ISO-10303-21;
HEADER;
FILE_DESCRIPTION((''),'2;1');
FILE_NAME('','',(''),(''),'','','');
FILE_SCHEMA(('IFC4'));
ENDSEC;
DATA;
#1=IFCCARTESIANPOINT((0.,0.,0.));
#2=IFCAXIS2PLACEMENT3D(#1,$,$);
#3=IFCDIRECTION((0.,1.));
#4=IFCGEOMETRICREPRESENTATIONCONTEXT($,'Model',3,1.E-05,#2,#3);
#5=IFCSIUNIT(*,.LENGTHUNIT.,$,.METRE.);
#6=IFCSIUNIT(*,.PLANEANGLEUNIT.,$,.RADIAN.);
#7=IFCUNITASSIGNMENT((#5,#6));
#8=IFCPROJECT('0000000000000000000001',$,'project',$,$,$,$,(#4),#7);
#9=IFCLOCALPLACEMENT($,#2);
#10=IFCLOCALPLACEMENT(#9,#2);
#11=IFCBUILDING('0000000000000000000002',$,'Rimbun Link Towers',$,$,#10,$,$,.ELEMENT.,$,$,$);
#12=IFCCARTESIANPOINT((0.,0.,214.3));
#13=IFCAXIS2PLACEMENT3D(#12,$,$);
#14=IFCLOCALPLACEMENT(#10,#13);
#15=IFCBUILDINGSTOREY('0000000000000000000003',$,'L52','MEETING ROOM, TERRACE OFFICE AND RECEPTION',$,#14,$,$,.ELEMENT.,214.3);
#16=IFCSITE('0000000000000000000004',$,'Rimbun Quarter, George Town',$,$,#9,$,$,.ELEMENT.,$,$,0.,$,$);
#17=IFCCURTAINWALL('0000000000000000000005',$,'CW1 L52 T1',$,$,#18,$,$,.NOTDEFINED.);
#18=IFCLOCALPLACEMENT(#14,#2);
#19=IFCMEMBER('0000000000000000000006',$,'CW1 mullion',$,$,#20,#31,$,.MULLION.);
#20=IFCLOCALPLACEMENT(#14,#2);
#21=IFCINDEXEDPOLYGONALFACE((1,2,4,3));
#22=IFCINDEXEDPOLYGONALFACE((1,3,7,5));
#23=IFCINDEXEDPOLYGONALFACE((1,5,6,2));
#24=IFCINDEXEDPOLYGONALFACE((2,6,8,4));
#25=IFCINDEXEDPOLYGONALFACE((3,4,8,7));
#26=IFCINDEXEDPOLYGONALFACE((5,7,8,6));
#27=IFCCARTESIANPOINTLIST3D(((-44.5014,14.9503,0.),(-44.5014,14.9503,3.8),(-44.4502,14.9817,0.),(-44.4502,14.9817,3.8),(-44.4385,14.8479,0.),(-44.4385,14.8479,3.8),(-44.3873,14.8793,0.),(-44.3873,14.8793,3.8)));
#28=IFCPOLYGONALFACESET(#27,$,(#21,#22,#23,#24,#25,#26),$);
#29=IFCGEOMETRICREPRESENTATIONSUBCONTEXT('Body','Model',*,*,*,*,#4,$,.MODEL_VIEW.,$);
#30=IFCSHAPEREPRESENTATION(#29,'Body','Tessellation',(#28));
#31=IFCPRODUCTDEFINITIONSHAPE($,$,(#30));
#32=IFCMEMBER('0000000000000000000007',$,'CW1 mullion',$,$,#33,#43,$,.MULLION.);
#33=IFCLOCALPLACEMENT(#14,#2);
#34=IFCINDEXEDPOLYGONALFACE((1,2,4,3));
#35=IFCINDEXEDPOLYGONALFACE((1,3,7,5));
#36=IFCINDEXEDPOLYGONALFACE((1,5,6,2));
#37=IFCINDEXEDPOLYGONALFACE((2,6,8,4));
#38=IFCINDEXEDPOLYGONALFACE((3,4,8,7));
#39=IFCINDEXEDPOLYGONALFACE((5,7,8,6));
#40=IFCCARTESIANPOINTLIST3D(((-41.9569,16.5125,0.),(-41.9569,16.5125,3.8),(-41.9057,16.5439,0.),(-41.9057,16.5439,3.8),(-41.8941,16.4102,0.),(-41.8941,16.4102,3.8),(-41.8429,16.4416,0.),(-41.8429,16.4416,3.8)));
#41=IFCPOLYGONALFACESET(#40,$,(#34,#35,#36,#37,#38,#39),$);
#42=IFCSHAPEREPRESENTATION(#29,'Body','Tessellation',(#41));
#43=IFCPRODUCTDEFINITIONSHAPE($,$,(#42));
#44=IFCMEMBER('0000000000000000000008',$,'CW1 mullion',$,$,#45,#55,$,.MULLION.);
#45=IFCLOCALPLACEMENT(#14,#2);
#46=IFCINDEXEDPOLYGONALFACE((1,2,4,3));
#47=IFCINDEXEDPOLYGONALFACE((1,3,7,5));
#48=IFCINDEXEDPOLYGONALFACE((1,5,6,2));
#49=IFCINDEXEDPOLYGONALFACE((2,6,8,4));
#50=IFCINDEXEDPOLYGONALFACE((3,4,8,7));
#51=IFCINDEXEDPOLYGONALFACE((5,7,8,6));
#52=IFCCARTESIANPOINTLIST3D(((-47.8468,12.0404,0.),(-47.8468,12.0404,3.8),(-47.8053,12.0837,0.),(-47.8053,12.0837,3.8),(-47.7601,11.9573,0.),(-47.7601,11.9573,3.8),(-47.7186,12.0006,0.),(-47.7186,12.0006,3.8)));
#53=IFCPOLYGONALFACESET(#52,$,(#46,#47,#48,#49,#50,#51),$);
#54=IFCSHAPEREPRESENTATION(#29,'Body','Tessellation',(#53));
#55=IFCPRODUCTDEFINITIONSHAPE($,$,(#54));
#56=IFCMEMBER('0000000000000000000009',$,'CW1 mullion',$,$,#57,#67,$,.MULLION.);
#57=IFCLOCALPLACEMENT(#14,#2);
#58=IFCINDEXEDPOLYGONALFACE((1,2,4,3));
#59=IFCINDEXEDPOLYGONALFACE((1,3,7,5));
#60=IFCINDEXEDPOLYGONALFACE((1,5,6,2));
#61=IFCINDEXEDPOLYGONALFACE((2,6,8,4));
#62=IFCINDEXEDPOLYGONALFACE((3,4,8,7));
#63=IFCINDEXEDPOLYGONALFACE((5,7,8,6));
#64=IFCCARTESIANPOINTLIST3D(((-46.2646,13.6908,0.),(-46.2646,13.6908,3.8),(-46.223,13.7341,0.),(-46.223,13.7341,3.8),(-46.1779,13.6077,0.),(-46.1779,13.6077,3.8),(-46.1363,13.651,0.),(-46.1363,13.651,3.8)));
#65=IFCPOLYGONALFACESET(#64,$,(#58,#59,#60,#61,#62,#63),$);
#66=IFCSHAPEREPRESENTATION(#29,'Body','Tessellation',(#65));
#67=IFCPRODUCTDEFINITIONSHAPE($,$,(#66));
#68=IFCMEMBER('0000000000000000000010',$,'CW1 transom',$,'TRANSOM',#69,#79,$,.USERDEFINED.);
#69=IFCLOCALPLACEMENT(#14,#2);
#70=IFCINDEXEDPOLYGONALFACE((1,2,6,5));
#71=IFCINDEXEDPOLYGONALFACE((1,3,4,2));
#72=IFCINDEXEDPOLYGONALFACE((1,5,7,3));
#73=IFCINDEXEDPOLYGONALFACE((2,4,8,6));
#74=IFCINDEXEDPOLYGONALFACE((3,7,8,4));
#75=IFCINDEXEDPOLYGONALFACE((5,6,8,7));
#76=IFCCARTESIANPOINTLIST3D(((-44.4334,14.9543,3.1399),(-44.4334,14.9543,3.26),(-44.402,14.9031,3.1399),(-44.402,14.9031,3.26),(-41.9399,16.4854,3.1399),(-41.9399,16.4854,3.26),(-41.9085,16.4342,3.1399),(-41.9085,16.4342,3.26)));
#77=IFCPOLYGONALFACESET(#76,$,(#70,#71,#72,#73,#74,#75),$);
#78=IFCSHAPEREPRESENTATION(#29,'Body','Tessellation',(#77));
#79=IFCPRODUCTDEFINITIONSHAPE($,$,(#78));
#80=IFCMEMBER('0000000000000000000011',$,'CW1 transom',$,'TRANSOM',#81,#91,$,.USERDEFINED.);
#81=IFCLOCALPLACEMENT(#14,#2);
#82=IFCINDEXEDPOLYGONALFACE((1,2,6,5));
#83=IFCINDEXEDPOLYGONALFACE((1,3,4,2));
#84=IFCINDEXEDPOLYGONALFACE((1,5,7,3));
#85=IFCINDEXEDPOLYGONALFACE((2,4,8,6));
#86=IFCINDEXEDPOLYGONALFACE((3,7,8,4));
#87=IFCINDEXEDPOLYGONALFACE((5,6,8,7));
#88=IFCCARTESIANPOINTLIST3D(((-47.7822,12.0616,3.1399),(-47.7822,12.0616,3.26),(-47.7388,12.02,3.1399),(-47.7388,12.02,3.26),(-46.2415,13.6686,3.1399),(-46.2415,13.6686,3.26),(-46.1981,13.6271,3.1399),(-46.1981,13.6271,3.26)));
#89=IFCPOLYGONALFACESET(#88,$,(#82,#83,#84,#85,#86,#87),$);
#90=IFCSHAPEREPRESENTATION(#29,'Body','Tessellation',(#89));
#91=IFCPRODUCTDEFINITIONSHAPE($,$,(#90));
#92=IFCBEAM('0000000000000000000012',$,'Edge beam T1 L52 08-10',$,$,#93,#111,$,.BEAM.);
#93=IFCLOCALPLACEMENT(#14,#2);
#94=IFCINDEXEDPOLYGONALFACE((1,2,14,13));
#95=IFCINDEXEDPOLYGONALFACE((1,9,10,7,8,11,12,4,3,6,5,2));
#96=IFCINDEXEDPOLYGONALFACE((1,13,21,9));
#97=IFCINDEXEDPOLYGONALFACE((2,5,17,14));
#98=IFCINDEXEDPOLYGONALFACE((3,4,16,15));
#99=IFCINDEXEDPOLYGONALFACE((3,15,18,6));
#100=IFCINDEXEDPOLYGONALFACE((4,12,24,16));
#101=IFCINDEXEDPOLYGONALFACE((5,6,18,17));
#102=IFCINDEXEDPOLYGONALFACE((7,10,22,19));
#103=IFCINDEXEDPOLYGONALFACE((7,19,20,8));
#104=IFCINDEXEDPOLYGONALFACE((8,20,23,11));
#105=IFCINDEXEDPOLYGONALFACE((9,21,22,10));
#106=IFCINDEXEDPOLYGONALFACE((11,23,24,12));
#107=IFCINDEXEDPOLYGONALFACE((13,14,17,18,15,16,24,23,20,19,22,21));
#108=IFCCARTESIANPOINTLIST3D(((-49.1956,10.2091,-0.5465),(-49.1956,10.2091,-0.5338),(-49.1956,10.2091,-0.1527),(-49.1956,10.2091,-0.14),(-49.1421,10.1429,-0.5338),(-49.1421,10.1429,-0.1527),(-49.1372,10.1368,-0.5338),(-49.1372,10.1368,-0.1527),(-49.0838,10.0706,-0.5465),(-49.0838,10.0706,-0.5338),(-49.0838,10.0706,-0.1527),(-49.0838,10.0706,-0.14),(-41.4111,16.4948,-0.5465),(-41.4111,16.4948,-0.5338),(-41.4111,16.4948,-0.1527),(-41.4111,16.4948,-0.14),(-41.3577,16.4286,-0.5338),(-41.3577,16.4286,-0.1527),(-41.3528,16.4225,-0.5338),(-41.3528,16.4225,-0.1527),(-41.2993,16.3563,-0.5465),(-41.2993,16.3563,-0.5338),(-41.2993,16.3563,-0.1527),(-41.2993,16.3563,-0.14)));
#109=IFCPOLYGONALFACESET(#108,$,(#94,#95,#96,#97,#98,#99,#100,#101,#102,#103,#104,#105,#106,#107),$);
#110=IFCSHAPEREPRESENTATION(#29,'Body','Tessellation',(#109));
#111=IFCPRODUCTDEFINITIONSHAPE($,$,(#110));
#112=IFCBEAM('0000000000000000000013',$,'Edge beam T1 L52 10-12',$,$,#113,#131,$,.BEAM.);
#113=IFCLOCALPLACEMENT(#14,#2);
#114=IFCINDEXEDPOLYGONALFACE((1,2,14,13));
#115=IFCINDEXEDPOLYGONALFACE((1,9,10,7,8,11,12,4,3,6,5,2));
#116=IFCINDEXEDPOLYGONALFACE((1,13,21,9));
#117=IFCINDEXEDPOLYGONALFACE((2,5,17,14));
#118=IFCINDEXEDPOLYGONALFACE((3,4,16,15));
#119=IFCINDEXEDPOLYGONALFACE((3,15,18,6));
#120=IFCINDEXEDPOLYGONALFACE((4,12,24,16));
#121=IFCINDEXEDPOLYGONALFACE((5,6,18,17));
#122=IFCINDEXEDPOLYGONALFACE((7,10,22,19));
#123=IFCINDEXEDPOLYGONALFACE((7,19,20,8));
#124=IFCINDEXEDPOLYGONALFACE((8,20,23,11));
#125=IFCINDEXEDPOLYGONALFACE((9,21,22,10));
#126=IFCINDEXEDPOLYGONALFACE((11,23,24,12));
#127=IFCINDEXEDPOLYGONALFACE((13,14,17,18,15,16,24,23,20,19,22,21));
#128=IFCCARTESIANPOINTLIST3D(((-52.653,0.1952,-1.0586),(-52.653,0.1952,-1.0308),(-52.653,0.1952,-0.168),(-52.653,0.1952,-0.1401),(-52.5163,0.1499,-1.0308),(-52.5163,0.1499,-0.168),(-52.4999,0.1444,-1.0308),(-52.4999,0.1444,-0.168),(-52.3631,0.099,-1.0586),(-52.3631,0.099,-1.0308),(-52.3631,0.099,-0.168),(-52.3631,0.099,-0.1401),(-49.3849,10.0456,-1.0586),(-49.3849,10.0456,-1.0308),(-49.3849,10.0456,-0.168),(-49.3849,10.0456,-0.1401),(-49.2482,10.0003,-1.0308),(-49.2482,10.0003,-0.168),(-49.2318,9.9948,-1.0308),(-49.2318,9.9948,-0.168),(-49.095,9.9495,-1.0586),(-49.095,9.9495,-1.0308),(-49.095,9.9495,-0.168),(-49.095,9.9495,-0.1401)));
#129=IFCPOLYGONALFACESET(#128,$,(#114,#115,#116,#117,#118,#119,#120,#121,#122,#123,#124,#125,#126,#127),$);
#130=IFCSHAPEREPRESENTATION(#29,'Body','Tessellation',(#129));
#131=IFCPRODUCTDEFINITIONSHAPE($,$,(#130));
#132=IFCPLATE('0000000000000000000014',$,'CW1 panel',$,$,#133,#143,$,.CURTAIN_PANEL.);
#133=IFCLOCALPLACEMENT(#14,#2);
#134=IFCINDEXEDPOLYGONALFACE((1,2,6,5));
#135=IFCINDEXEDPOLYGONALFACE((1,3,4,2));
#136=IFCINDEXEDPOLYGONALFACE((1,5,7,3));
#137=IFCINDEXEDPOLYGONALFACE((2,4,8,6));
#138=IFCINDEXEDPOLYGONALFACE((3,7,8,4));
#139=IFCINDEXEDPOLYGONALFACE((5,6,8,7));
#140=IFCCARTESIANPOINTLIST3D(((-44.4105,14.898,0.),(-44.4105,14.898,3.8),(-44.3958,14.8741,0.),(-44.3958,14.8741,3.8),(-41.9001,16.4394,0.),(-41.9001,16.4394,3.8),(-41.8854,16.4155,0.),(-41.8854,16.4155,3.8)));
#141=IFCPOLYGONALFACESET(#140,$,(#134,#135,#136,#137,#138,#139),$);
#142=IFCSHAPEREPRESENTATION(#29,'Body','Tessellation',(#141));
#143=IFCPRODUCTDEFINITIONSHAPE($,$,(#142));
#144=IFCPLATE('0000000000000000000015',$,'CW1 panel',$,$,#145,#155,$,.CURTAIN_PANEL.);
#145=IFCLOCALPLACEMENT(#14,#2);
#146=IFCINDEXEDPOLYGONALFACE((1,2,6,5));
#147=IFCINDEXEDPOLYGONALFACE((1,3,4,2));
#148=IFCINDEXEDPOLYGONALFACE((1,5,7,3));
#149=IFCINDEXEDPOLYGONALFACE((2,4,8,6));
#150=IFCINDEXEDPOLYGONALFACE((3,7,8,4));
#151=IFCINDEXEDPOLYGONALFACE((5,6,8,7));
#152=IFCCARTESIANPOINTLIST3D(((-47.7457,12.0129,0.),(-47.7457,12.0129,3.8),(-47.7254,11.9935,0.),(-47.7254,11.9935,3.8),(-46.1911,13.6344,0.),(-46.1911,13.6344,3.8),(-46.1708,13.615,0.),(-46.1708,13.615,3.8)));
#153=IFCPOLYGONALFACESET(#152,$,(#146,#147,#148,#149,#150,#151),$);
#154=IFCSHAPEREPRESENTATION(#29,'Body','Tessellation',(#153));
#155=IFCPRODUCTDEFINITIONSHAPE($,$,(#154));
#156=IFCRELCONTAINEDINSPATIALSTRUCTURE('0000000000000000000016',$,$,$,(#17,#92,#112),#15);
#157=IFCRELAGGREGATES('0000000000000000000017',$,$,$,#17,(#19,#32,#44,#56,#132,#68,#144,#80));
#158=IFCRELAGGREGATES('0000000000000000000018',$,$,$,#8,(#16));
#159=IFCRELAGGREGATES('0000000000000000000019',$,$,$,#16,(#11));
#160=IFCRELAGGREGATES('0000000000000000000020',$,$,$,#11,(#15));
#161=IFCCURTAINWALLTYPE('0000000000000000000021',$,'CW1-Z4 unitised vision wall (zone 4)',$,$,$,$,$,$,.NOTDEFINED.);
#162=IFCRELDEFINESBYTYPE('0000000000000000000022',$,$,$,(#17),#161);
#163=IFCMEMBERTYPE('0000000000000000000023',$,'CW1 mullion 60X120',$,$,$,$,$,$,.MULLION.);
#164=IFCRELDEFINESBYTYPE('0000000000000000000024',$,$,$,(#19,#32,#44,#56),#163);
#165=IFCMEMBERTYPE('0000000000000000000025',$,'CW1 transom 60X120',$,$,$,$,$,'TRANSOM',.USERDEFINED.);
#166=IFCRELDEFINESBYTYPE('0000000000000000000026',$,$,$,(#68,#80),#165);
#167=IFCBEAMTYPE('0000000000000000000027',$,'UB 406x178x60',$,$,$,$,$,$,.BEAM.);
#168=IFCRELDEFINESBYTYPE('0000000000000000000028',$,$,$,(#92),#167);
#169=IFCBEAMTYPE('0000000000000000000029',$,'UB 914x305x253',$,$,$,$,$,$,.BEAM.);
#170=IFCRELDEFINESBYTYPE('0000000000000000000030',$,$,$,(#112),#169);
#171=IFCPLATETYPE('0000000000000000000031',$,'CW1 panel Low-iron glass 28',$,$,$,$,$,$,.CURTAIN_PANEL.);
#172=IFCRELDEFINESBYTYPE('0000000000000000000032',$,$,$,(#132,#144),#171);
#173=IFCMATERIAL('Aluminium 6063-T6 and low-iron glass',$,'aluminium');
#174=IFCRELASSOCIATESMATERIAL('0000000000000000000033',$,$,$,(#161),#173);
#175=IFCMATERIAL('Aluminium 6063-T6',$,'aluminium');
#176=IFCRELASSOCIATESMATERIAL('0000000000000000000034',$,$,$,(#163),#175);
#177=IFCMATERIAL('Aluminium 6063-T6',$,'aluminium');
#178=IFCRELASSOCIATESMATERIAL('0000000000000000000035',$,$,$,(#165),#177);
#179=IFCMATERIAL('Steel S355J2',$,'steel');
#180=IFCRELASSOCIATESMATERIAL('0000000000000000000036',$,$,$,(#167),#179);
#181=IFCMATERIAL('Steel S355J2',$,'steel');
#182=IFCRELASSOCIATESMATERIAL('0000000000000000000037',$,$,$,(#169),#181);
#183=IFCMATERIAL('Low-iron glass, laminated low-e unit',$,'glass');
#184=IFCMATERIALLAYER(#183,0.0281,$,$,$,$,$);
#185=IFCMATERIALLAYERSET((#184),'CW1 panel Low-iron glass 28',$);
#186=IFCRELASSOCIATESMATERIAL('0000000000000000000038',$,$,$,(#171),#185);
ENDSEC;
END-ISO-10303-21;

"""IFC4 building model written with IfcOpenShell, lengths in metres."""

from ifc_helpers import new_model, si_unit, direction, frame, origin, origin_2d, place, context, subcontext, project, spatial, rectangle, i_section, extrude, material, layer, layer_set, material_profile, profile_set, type_object, element, aggregate, save


model = new_model("IFC4")

# Units and contexts
model_context = context("Model", 3, precision=1e-05, world=origin(), true_north=direction((0.0, 1.0)))
body_context = subcontext(model_context, "Body", "Model", "MODEL_VIEW")
ifc_project = project(units=[si_unit("LENGTHUNIT", "METRE"), si_unit("PLANEANGLEUNIT", "RADIAN")], contexts=[model_context])

# Site, building, storey
site_placement = place(None, origin())
site = spatial("IfcSite", under=ifc_project, at=site_placement, Name="Rimbun Quarter, George Town", CompositionType="ELEMENT", RefElevation=0.0)
building_placement = place(site_placement, origin())
building = spatial("IfcBuilding", under=site, at=building_placement, Name="Rimbun Link Towers", CompositionType="ELEMENT")
storey_placement = place(building_placement, frame((0.0, 0.0, 214.3)))
storey = spatial("IfcBuildingStorey", under=building, at=storey_placement, Name="L52", Description="MEETING ROOM, TERRACE OFFICE AND RECEPTION", CompositionType="ELEMENT", Elevation=214.3)

# Curtain wall, members
ifc_material_1 = material(Name="Aluminium 6063-T6 and low-iron glass", Category="aluminium")
curtain_wall_type = type_object("IfcCurtainWallType", Name="CW1-Z4 unitised vision wall (zone 4)", PredefinedType="NOTDEFINED", material=ifc_material_1)
curtain_wall_placement = place(storey_placement, origin())
curtain_wall = element("IfcCurtainWall", 1, at=curtain_wall_placement, inside=storey, type_object=curtain_wall_type, Name="CW1 L52 T1", PredefinedType="NOTDEFINED")
ifc_material_2 = material(Name="Aluminium 6063-T6", Category="aluminium")
ifc_material_profile_1 = material_profile(ifc_material_2, rectangle(XDim=0.1201, YDim=0.0601, at=origin_2d()), Name="MULLION 60X120")
ifc_profile_set_1 = profile_set([ifc_material_profile_1], Name="Aluminium 6063-T6")
member_type_1 = type_object("IfcMemberType", Name="CW1 mullion 60X120", PredefinedType="MULLION", material=ifc_profile_set_1)
member_1_placement = place(storey_placement, frame((-44.4443, 14.9148, 0.0), z_axis=(0.0, 0.0, 1.0), x_axis=(-0.523242, 0.852184, 0.0)))
member_1 = element("IfcMember", 2, at=member_1_placement, type_object=member_type_1, Name="CW1 mullion", PredefinedType="MULLION", context=body_context, shape_type="SweptSolid", body=[
    extrude(rectangle(XDim=0.1201, YDim=0.0601, at=origin_2d()), origin(), (0.0, 0.0, 1.0), 3.8),
])
member_2_placement = place(storey_placement, frame((-41.8999, 16.4771, 0.0), z_axis=(0.0, 0.0, 1.0), x_axis=(-0.523242, 0.852184, 0.0)))
member_2 = element("IfcMember", 3, at=member_2_placement, type_object=member_type_1, Name="CW1 mullion", PredefinedType="MULLION", context=body_context, shape_type="SweptSolid", body=[
    extrude(rectangle(XDim=0.1201, YDim=0.0601, at=origin_2d()), origin(), (0.0, 0.0, 1.0), 3.8),
])
member_3_placement = place(storey_placement, frame((-47.7827, 12.0205, 0.0), z_axis=(0.0, 0.0, 1.0), x_axis=(-0.721846, 0.692053, 0.0)))
member_3 = element("IfcMember", 4, at=member_3_placement, type_object=member_type_1, Name="CW1 mullion", PredefinedType="MULLION", context=body_context, shape_type="SweptSolid", body=[
    extrude(rectangle(XDim=0.1201, YDim=0.0601, at=origin_2d()), origin(), (0.0, 0.0, 1.0), 3.8),
])
member_4_placement = place(storey_placement, frame((-46.2004, 13.6709, 0.0), z_axis=(0.0, 0.0, 1.0), x_axis=(-0.721846, 0.692053, 0.0)))
member_4 = element("IfcMember", 5, at=member_4_placement, type_object=member_type_1, Name="CW1 mullion", PredefinedType="MULLION", context=body_context, shape_type="SweptSolid", body=[
    extrude(rectangle(XDim=0.1201, YDim=0.0601, at=origin_2d()), origin(), (0.0, 0.0, 1.0), 3.8),
])
ifc_material_3 = material(Name="Aluminium 6063-T6", Category="aluminium")
ifc_material_profile_2 = material_profile(ifc_material_3, rectangle(XDim=0.0601, YDim=0.1201, at=origin_2d()), Name="TRANSOM 60X120")
ifc_profile_set_2 = profile_set([ifc_material_profile_2], Name="Aluminium 6063-T6")
member_type_2 = type_object("IfcMemberType", Name="CW1 transom 60X120", ElementType="TRANSOM", PredefinedType="USERDEFINED", material=ifc_profile_set_2)
member_5_placement = place(storey_placement, frame((-44.4177, 14.9287, 3.2), z_axis=(0.852176, 0.523255, 0.0), x_axis=(-0.523255, 0.852176, 0.0)))
member_5 = element("IfcMember", 6, at=member_5_placement, type_object=member_type_2, Name="CW1 transom", ObjectType="TRANSOM", PredefinedType="USERDEFINED", context=body_context, shape_type="SweptSolid", body=[
    extrude(rectangle(XDim=0.0601, YDim=0.1201, at=origin_2d()), origin(), (0.0, 0.0, 1.0), 2.926),
])
member_6_placement = place(storey_placement, frame((-47.7605, 12.0408, 3.2), z_axis=(0.692036, 0.721863, 0.0), x_axis=(-0.721863, 0.692036, 0.0)))
member_6 = element("IfcMember", 7, at=member_6_placement, type_object=member_type_2, Name="CW1 transom", ObjectType="TRANSOM", PredefinedType="USERDEFINED", context=body_context, shape_type="SweptSolid", body=[
    extrude(rectangle(XDim=0.0601, YDim=0.1201, at=origin_2d()), origin(), (0.0, 0.0, 1.0), 2.2263),
])

# Beams
ifc_material_4 = material(Name="Steel S355J2", Category="steel")
ifc_material_profile_3 = material_profile(ifc_material_4, i_section(OverallWidth=0.178, OverallDepth=0.4065, WebThickness=0.0078, FlangeThickness=0.0127, at=origin_2d()), Name="UB 406x178x60")
ifc_profile_set_3 = profile_set([ifc_material_profile_3], Name="Steel S355J2")
beam_type_1 = type_object("IfcBeamType", Name="UB 406x178x60", PredefinedType="BEAM", material=ifc_profile_set_3)
beam_1_placement = place(storey_placement, frame((-41.3552, 16.4255, -0.3433), z_axis=(-0.778028, -0.62823, 0.0), x_axis=(0.62823, -0.778028, 0.0)))
element("IfcBeam", 8, at=beam_1_placement, inside=storey, type_object=beam_type_1, Name="Edge beam T1 L52 08-10", PredefinedType="BEAM", context=body_context, shape_type="SweptSolid", body=[
    extrude(i_section(OverallWidth=0.178, OverallDepth=0.4065, WebThickness=0.0078, FlangeThickness=0.0127, at=origin_2d()), origin(), (0.0, 0.0, 1.0), 10.0054),
])
ifc_material_5 = material(Name="Steel S355J2", Category="steel")
ifc_material_profile_4 = material_profile(ifc_material_5, i_section(OverallWidth=0.3054, OverallDepth=0.9185, WebThickness=0.0173, FlangeThickness=0.0278, at=origin_2d()), Name="UB 914x305x253")
ifc_profile_set_4 = profile_set([ifc_material_profile_4], Name="Steel S355J2")
beam_type_2 = type_object("IfcBeamType", Name="UB 914x305x253", PredefinedType="BEAM", material=ifc_profile_set_4)
beam_2_placement = place(storey_placement, frame((-49.24, 9.9976, -0.5994), z_axis=(-0.314894, -0.949127, 0.0), x_axis=(0.949127, -0.314894, 0.0)))
element("IfcBeam", 9, at=beam_2_placement, inside=storey, type_object=beam_type_2, Name="Edge beam T1 L52 10-12", PredefinedType="BEAM", context=body_context, shape_type="SweptSolid", body=[
    extrude(i_section(OverallWidth=0.3054, OverallDepth=0.9185, WebThickness=0.0173, FlangeThickness=0.0278, at=origin_2d()), origin(), (0.0, 0.0, 1.0), 10.3784),
])

# Plates
ifc_material_6 = material(Name="Low-iron glass, laminated low-e unit", Category="glass")
ifc_layer_1 = layer(ifc_material_6, 0.0281)
ifc_layer_set_1 = layer_set([ifc_layer_1], Name="CW1 panel Low-iron glass 28")
plate_type = type_object("IfcPlateType", Name="CW1 panel Low-iron glass 28", PredefinedType="CURTAIN_PANEL", material=ifc_layer_set_1)
plate_1_placement = place(storey_placement, frame((-43.1479, 15.6567, 0.0), z_axis=(0.0, 0.0, 1.0), x_axis=(0.852184, 0.523242, 0.0)))
plate_1 = element("IfcPlate", 10, at=plate_1_placement, type_object=plate_type, Name="CW1 panel", PredefinedType="CURTAIN_PANEL", context=body_context, shape_type="SweptSolid", body=[
    extrude(rectangle(XDim=2.9458, YDim=0.0281, at=origin_2d()), origin(), (0.0, 0.0, 1.0), 3.8),
])
plate_2_placement = place(storey_placement, frame((-46.9583, 12.814, 0.0), z_axis=(0.0, 0.0, 1.0), x_axis=(0.692053, 0.721846, 0.0)))
plate_2 = element("IfcPlate", 11, at=plate_2_placement, type_object=plate_type, Name="CW1 panel", PredefinedType="CURTAIN_PANEL", context=body_context, shape_type="SweptSolid", body=[
    extrude(rectangle(XDim=2.2463, YDim=0.0281, at=origin_2d()), origin(), (0.0, 0.0, 1.0), 3.8),
])
aggregate(curtain_wall, [member_1, member_2, member_3, member_4, plate_1, member_5, plate_2, member_6])

save(model, "model.ifc")
